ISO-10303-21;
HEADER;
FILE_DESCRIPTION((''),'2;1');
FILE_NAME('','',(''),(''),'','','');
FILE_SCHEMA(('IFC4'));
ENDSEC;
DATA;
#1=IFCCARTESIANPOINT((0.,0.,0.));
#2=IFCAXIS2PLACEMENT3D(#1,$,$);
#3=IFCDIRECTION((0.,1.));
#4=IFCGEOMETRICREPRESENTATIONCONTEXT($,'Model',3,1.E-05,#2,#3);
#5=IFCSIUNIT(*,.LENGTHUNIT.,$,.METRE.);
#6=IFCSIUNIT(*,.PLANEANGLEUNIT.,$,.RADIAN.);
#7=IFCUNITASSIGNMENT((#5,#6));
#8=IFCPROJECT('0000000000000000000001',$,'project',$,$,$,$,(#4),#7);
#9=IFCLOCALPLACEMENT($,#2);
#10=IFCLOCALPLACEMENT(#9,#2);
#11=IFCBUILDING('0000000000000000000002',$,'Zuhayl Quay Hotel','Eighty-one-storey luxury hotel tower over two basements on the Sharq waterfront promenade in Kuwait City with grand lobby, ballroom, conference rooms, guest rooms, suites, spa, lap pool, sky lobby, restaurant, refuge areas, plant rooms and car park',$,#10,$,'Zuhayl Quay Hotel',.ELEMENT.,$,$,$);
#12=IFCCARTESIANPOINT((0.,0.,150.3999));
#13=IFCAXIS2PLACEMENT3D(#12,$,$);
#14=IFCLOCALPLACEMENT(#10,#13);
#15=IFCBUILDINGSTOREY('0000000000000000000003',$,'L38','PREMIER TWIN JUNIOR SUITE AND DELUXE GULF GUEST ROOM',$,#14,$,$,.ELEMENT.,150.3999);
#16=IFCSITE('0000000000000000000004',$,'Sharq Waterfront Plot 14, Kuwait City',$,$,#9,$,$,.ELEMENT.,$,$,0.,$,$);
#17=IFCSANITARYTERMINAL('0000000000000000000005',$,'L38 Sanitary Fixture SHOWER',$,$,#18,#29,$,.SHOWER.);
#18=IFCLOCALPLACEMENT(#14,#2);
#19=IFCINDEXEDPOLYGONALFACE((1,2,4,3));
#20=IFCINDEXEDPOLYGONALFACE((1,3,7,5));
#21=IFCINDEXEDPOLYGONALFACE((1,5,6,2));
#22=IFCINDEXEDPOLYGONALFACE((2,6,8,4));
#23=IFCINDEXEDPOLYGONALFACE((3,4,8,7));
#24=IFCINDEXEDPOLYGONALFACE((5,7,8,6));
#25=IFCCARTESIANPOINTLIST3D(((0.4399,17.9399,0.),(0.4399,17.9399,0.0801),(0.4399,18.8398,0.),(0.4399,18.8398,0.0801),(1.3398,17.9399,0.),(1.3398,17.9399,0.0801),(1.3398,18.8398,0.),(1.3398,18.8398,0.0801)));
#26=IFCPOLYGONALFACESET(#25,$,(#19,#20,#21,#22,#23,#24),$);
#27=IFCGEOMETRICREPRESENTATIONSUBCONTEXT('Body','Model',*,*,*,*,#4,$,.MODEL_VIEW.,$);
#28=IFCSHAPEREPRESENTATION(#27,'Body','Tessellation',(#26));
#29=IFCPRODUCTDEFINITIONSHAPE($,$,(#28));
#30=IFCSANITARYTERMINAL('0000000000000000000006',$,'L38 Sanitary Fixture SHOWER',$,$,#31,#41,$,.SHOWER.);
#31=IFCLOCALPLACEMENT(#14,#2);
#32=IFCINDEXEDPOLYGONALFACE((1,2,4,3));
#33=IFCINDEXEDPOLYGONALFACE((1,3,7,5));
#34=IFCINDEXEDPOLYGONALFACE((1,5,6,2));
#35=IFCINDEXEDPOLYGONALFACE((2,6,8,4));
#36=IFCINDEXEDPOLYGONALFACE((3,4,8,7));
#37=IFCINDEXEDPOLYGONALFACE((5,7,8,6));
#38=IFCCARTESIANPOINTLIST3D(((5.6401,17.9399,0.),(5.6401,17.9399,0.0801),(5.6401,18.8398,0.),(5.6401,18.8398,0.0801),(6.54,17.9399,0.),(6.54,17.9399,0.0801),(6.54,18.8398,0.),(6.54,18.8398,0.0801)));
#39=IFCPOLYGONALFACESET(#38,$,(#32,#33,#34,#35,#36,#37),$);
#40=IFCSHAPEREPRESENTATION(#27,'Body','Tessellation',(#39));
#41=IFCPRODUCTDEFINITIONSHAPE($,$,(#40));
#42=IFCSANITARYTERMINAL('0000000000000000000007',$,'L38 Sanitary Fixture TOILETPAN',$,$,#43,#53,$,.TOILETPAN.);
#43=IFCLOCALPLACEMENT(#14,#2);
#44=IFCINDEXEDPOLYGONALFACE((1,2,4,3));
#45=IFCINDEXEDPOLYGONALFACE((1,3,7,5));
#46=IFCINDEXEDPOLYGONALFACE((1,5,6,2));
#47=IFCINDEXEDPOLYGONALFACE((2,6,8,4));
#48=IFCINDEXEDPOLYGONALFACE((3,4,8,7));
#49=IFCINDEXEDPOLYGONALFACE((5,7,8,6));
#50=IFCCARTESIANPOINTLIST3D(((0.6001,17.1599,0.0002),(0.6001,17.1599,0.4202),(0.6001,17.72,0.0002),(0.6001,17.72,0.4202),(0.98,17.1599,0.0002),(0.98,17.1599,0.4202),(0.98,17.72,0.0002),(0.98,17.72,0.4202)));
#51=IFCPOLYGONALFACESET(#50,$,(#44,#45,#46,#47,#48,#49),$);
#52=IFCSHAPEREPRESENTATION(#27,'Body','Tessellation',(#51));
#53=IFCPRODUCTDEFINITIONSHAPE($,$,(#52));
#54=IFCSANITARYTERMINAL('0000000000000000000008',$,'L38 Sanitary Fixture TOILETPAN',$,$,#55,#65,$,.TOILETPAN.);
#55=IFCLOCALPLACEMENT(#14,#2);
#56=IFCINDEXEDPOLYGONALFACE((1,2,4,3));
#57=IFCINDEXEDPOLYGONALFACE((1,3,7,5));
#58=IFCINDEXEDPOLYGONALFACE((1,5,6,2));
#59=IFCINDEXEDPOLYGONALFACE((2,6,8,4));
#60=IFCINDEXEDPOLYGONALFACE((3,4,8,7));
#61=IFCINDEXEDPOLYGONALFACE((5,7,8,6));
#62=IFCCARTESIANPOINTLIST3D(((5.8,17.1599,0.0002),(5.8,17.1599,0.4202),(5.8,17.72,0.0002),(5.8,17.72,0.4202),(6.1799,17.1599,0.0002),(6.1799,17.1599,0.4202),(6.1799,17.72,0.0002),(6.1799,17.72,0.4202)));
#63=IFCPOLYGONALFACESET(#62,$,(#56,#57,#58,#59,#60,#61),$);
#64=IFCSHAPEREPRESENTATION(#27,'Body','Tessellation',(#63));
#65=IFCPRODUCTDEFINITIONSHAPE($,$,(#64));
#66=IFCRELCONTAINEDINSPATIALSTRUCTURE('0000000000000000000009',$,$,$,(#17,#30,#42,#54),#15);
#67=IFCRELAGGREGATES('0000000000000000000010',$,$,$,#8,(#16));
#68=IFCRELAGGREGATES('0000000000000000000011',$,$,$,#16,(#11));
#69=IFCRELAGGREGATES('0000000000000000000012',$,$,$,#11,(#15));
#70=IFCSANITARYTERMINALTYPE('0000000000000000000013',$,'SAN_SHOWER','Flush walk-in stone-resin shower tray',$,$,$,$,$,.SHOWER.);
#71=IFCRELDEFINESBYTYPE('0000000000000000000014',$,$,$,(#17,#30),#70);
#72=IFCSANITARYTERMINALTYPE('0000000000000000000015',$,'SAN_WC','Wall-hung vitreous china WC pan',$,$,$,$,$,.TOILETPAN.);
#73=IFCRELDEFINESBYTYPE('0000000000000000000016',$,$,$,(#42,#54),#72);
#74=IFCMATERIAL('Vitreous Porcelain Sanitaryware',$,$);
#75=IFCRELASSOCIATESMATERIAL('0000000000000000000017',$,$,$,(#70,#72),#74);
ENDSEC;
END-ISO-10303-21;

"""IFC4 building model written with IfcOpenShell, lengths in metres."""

from ifc_helpers import new_model, si_unit, direction, frame, origin, origin_2d, place, context, subcontext, project, spatial, rectangle, extrude, material, type_object, element, save


model = new_model("IFC4")

# Units and contexts
model_context = context("Model", 3, precision=1e-05, world=origin(), true_north=direction((0.0, 1.0)))
body_context = subcontext(model_context, "Body", "Model", "MODEL_VIEW")
ifc_project = project(units=[si_unit("LENGTHUNIT", "METRE"), si_unit("PLANEANGLEUNIT", "RADIAN")], contexts=[model_context])

# Site, building, storey
site_placement = place(None, origin())
site = spatial("IfcSite", under=ifc_project, at=site_placement, Name="Sharq Waterfront Plot 14, Kuwait City", CompositionType="ELEMENT", RefElevation=0.0)
building_placement = place(site_placement, origin())
building = spatial("IfcBuilding", under=site, at=building_placement, Name="Zuhayl Quay Hotel", Description="Eighty-one-storey luxury hotel tower over two basements on the Sharq waterfront promenade in Kuwait City with grand lobby, ballroom, conference rooms, guest rooms, suites, spa, lap pool, sky lobby, restaurant, refuge areas, plant rooms and car park", LongName="Zuhayl Quay Hotel", CompositionType="ELEMENT")
storey_placement = place(building_placement, frame((0.0, 0.0, 150.3999)))
storey = spatial("IfcBuildingStorey", under=building, at=storey_placement, Name="L38", Description="PREMIER TWIN JUNIOR SUITE AND DELUXE GULF GUEST ROOM", CompositionType="ELEMENT", Elevation=150.3999)

# Sanitary terminals
ifc_material_1 = material(Name="Vitreous Porcelain Sanitaryware")
sanitary_terminal_type_1 = type_object("IfcSanitaryTerminalType", Name="SAN_SHOWER", Description="Flush walk-in stone-resin shower tray", PredefinedType="SHOWER", material=ifc_material_1)
for number, where, z_axis, x_axis, name in (
    (1, (0.8899, 18.3899, 0.0), (0.0, 0.0, 1.0), (1.0, 0.0, 0.0), "L38 Sanitary Fixture SHOWER"),
    (2, (6.0901, 18.3899, 0.0), (0.0, 0.0, 1.0), (1.0, 0.0, 0.0), "L38 Sanitary Fixture SHOWER"),
):
    element("IfcSanitaryTerminal", number, at=place(storey_placement, frame(where, z_axis=z_axis, x_axis=x_axis)), inside=storey, type_object=sanitary_terminal_type_1, Name=name, PredefinedType="SHOWER", context=body_context, shape_type="SweptSolid", body=[
        extrude(rectangle(XDim=0.8999, YDim=0.8999, at=origin_2d()), origin(), (0.0, 0.0, 1.0), 0.0801),
    ])
sanitary_terminal_type_2 = type_object("IfcSanitaryTerminalType", Name="SAN_WC", Description="Wall-hung vitreous china WC pan", PredefinedType="TOILETPAN", material=ifc_material_1)
for number, where, z_axis, x_axis, name in (
    (3, (0.79, 17.4399, 0.0002), (0.0, 0.0, 1.0), (1.0, 0.0, 0.0), "L38 Sanitary Fixture TOILETPAN"),
    (4, (5.99, 17.4399, 0.0002), (0.0, 0.0, 1.0), (1.0, 0.0, 0.0), "L38 Sanitary Fixture TOILETPAN"),
):
    element("IfcSanitaryTerminal", number, at=place(storey_placement, frame(where, z_axis=z_axis, x_axis=x_axis)), inside=storey, type_object=sanitary_terminal_type_2, Name=name, PredefinedType="TOILETPAN", context=body_context, shape_type="SweptSolid", body=[
        extrude(rectangle(XDim=0.3799, YDim=0.5601, at=origin_2d()), origin(), (0.0, 0.0, 1.0), 0.4199),
    ])

save(model, "model.ifc")
